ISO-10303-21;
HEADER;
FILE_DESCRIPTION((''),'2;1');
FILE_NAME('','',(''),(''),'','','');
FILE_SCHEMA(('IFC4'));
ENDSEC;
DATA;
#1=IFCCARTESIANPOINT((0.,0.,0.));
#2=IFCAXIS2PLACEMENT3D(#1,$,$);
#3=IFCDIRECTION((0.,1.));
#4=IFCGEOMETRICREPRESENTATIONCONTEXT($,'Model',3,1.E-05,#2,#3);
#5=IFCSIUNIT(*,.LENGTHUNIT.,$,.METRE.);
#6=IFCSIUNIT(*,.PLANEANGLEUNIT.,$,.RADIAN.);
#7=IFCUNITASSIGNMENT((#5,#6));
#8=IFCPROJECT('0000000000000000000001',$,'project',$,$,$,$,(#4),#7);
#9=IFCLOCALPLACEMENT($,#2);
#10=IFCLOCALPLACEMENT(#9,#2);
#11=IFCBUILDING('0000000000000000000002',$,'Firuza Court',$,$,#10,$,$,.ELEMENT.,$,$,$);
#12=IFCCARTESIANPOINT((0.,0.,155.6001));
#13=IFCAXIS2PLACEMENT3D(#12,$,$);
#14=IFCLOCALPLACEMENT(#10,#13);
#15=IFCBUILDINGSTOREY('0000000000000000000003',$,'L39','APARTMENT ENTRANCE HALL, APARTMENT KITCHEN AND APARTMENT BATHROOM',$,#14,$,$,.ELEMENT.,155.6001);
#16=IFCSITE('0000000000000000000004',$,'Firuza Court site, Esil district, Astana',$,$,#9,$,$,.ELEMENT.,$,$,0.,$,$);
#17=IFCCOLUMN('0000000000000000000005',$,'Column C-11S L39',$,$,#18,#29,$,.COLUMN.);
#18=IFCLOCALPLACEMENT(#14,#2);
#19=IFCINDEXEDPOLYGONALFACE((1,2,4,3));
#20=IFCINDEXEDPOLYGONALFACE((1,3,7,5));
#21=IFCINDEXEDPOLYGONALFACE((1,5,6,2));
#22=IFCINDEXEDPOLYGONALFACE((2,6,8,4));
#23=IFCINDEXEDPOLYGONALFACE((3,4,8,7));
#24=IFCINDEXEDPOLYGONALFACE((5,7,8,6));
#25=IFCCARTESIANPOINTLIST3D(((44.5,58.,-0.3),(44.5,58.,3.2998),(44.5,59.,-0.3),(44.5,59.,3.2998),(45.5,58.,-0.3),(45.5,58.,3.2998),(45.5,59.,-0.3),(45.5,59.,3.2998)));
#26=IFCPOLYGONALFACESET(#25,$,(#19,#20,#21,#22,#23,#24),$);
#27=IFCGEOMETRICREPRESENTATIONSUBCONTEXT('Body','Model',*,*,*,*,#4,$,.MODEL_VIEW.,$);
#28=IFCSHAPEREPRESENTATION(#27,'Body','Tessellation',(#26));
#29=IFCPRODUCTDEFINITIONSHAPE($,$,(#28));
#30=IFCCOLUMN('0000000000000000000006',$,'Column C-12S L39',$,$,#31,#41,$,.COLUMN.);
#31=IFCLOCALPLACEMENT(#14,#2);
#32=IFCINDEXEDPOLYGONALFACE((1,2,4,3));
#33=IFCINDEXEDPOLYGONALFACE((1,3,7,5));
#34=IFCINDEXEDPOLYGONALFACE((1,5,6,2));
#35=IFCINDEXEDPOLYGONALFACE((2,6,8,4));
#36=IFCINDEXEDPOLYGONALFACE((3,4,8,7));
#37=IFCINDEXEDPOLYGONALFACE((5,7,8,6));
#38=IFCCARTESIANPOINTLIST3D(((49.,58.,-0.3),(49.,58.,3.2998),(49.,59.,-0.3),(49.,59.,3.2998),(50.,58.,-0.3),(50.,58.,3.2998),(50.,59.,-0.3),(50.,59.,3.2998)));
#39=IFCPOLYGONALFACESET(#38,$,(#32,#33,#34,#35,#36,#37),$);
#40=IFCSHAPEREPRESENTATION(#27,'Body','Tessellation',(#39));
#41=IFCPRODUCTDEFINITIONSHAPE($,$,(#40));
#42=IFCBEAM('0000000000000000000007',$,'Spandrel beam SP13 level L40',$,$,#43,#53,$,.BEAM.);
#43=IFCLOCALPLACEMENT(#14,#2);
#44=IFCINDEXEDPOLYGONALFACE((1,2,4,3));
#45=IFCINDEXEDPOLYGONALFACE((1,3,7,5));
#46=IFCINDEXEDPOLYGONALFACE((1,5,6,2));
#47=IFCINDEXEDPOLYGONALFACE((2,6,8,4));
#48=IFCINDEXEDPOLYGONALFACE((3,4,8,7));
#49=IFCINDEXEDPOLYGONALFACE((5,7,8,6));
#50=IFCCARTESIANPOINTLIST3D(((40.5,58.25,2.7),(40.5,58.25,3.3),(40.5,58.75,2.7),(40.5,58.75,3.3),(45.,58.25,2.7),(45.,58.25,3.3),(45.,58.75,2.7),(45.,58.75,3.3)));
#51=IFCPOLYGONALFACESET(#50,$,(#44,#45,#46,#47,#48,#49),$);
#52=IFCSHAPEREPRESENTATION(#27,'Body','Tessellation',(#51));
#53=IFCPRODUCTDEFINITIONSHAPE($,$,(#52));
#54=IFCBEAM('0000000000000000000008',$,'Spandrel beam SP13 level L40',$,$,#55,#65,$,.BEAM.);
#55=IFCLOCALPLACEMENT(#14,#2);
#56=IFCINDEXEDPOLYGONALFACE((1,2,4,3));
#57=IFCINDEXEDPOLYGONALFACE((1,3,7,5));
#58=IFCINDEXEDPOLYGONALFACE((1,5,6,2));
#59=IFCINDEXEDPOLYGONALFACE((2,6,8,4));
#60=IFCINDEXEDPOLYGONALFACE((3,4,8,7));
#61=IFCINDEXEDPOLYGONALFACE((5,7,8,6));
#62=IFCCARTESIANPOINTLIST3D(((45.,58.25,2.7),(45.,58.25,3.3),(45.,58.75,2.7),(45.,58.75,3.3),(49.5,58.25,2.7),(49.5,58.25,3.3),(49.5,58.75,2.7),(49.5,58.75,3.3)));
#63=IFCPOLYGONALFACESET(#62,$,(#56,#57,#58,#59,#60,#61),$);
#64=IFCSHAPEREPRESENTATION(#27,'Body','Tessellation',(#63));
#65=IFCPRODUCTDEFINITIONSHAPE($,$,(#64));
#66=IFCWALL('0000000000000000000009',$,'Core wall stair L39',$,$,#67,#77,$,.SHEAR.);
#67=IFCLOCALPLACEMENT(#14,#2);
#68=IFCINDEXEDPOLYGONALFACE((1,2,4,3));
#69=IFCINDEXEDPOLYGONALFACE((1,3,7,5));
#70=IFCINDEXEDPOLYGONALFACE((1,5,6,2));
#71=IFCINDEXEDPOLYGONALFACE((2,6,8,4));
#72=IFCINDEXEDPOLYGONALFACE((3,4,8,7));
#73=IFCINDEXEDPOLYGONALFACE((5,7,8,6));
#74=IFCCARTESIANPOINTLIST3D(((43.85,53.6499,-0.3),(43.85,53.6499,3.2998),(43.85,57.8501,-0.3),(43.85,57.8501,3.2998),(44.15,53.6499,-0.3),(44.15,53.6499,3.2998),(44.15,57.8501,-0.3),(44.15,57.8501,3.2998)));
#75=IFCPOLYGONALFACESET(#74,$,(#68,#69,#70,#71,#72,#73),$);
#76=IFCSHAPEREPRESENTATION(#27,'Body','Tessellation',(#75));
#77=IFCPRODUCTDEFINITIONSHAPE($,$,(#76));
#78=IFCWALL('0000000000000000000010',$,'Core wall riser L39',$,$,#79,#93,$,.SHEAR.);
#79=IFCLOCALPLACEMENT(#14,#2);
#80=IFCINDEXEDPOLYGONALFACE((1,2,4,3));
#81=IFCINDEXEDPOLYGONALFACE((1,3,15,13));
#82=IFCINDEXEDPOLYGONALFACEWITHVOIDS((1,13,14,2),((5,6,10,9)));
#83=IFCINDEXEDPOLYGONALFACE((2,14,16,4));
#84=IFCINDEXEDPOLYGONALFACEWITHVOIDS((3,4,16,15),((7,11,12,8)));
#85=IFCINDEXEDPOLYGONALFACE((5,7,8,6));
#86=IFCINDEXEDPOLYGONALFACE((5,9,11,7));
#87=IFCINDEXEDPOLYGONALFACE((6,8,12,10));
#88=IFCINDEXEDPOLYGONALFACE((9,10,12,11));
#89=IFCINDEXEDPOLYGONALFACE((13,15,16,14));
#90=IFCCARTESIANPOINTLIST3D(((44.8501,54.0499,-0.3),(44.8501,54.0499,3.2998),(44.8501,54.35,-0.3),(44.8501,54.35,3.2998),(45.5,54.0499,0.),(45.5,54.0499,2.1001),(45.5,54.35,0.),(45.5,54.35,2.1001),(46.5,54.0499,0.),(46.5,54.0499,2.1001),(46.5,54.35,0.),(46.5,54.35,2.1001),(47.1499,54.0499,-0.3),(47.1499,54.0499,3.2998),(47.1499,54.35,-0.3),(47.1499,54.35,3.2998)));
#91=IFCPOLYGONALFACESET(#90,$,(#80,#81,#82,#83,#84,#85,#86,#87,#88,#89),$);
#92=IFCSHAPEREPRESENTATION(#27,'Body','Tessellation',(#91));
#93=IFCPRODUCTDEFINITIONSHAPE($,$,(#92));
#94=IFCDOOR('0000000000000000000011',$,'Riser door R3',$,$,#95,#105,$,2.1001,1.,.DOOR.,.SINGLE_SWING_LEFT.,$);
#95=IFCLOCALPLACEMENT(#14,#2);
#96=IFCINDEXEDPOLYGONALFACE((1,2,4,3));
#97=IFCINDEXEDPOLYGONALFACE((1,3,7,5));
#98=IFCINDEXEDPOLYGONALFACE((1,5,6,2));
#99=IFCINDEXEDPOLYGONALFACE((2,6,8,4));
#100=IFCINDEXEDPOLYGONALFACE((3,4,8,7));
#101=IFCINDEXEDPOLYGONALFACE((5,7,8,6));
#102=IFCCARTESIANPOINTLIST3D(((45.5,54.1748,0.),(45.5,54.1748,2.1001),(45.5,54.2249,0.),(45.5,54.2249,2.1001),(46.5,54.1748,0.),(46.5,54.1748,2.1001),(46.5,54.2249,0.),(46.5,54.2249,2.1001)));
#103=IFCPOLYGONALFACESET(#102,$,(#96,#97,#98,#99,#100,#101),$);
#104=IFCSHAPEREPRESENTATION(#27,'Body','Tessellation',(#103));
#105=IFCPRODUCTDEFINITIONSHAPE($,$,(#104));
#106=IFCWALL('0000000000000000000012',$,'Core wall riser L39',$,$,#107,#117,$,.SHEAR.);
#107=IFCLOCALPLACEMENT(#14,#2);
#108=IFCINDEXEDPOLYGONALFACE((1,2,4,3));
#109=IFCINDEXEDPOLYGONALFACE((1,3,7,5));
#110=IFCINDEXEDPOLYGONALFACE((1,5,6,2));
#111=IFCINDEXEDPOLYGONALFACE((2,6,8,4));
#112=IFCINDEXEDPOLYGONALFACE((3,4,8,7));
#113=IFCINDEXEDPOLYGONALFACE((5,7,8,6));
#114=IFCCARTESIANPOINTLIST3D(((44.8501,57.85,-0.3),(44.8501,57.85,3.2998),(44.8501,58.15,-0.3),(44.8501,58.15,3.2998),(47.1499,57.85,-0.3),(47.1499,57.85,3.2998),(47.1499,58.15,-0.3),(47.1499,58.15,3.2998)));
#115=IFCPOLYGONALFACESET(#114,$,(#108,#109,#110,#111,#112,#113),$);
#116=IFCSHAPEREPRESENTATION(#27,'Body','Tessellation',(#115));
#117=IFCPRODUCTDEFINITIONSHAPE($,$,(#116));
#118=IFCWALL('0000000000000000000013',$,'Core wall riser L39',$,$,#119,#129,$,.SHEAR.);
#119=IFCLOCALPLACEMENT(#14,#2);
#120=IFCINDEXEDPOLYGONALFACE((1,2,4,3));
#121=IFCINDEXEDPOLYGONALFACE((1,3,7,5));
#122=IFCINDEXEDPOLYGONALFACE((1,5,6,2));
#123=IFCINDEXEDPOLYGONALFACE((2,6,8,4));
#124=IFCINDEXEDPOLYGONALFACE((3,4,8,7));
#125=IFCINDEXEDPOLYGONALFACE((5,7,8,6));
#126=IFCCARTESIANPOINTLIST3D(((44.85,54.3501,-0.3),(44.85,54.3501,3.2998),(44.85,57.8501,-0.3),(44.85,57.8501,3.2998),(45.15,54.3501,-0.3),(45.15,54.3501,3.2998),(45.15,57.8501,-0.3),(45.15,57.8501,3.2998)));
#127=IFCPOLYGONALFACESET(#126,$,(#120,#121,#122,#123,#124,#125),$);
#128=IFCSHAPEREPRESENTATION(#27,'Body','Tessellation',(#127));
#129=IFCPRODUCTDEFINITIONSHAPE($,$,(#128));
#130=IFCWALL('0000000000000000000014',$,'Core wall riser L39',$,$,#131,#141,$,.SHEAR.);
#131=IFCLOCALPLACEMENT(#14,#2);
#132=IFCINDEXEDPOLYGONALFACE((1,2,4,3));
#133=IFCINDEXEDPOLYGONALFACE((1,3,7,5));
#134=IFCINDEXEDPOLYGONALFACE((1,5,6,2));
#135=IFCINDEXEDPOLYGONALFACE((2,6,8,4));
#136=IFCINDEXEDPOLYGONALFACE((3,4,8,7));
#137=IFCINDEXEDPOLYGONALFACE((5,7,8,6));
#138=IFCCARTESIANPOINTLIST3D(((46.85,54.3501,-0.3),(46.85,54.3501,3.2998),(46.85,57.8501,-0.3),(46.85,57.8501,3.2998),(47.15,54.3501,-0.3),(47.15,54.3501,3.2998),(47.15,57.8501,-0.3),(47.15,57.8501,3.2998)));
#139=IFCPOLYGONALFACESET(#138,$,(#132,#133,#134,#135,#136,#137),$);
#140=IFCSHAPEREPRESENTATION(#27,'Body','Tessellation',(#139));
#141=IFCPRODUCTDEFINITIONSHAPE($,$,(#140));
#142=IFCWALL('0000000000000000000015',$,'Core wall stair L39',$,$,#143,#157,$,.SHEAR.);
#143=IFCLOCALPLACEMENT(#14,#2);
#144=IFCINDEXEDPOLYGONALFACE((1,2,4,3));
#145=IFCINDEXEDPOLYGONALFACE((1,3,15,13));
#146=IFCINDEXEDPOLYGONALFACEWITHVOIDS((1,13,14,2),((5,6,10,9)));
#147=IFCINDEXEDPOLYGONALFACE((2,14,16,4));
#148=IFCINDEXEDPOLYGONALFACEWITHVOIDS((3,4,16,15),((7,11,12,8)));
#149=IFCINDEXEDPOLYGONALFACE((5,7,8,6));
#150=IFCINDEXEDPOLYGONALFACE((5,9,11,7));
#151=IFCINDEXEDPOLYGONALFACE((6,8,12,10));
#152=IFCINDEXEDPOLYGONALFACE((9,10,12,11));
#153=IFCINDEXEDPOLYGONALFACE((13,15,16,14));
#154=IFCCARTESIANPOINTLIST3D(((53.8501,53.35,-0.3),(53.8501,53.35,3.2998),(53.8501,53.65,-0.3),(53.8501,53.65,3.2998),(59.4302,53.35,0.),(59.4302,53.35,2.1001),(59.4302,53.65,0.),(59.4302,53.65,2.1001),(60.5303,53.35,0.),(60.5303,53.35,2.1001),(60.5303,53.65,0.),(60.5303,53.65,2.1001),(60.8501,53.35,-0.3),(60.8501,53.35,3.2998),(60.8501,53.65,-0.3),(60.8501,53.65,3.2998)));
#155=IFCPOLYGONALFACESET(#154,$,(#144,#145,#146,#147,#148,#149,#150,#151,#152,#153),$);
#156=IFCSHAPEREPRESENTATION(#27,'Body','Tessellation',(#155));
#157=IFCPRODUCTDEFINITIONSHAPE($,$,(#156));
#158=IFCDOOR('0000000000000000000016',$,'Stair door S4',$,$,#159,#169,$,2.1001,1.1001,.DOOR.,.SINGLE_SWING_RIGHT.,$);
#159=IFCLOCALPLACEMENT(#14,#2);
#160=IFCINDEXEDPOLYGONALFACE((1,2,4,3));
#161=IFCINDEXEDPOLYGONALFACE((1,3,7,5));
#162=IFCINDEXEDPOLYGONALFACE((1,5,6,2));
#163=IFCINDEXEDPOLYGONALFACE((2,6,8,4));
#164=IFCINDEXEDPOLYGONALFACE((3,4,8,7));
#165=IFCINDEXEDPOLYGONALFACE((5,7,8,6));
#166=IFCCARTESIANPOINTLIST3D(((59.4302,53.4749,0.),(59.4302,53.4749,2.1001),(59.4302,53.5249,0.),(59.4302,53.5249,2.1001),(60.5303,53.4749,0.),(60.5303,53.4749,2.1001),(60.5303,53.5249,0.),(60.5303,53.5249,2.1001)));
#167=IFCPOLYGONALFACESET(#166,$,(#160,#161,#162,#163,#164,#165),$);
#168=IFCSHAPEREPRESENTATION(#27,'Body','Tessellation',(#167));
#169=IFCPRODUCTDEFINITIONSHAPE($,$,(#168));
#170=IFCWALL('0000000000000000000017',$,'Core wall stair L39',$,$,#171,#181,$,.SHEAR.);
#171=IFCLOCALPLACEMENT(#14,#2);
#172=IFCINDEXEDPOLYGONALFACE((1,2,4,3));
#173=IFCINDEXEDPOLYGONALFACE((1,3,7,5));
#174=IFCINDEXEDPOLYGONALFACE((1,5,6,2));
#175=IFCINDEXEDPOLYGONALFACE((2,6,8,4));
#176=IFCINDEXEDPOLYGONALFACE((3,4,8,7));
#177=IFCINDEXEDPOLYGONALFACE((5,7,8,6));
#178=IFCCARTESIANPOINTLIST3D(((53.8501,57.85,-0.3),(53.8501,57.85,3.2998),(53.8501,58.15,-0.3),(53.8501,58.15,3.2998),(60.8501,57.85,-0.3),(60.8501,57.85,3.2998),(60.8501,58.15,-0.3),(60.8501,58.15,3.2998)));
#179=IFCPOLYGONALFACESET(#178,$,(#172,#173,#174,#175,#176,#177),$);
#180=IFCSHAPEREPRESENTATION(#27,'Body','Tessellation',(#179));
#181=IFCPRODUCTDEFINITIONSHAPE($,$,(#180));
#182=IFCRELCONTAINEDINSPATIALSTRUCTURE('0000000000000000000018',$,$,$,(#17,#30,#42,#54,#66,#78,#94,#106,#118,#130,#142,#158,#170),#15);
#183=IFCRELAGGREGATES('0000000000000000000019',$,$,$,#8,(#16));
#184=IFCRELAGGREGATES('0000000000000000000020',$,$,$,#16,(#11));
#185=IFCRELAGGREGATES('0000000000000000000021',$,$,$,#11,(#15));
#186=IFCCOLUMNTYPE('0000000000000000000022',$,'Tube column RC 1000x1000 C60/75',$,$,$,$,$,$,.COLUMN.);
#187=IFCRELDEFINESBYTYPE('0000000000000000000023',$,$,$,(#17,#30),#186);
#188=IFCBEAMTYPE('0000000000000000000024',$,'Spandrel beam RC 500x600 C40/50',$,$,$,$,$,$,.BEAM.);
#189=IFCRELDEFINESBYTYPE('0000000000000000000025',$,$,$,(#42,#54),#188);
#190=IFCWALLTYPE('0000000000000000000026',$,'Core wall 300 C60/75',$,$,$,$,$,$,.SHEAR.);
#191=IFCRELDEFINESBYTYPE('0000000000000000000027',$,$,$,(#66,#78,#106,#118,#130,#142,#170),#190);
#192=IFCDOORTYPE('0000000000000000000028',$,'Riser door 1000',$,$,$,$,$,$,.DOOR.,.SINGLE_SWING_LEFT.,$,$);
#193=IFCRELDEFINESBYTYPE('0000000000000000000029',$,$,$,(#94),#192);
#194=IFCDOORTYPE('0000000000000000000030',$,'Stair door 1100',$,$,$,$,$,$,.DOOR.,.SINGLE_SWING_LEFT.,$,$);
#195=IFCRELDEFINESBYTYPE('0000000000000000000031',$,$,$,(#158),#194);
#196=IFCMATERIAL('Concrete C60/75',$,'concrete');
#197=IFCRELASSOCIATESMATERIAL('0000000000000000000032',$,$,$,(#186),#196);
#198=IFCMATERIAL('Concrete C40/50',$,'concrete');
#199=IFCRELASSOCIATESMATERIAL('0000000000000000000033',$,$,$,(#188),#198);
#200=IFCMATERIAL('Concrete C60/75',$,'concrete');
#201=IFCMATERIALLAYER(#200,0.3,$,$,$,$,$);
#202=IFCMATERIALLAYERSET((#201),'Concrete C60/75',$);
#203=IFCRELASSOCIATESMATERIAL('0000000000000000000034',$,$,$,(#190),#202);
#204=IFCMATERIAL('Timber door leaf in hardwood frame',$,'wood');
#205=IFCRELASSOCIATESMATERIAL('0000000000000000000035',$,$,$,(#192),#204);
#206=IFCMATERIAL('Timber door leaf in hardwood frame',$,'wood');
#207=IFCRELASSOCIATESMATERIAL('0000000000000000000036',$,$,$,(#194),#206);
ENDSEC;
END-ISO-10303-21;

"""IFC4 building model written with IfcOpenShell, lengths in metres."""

from ifc_helpers import new_model, si_unit, direction, frame, frame_2d, origin, origin_2d, place, context, subcontext, project, spatial, rectangle, extrude, material, layer, layer_set, material_profile, profile_set, type_object, element, fill, save


model = new_model("IFC4")

# Units and contexts
model_context = context("Model", 3, precision=1e-05, world=origin(), true_north=direction((0.0, 1.0)))
body_context = subcontext(model_context, "Body", "Model", "MODEL_VIEW")
ifc_project = project(units=[si_unit("LENGTHUNIT", "METRE"), si_unit("PLANEANGLEUNIT", "RADIAN")], contexts=[model_context])

# Site, building, storey
site_placement = place(None, origin())
site = spatial("IfcSite", under=ifc_project, at=site_placement, Name="Firuza Court site, Esil district, Astana", CompositionType="ELEMENT", RefElevation=0.0)
building_placement = place(site_placement, origin())
building = spatial("IfcBuilding", under=site, at=building_placement, Name="Firuza Court", CompositionType="ELEMENT")
storey_placement = place(building_placement, frame((0.0, 0.0, 155.6001)))
storey = spatial("IfcBuildingStorey", under=building, at=storey_placement, Name="L39", Description="APARTMENT ENTRANCE HALL, APARTMENT KITCHEN AND APARTMENT BATHROOM", CompositionType="ELEMENT", Elevation=155.6001)

# Columns
ifc_material_1 = material(Name="Concrete C60/75", Category="concrete")
ifc_material_profile_1 = material_profile(ifc_material_1, rectangle(XDim=1.0, YDim=1.0, at=origin_2d()), Name="RC 1000x1000")
ifc_profile_set_1 = profile_set([ifc_material_profile_1], Name="Concrete C60/75")
column_type = type_object("IfcColumnType", Name="Tube column RC 1000x1000 C60/75", PredefinedType="COLUMN", material=ifc_profile_set_1)
for number, where, z_axis, x_axis, name in (
    (1, (45.0, 58.5, -0.3), (0.0, 0.0, 1.0), (1.0, 0.0, 0.0), "Column C-11S L39"),
    (2, (49.5, 58.5, -0.3), (0.0, 0.0, 1.0), (1.0, 0.0, 0.0), "Column C-12S L39"),
):
    element("IfcColumn", number, at=place(storey_placement, frame(where, z_axis=z_axis, x_axis=x_axis)), inside=storey, type_object=column_type, Name=name, PredefinedType="COLUMN", context=body_context, shape_type="SweptSolid", body=[
        extrude(rectangle(XDim=1.0, YDim=1.0, at=origin_2d()), origin(), (0.0, 0.0, 1.0), 3.5999),
    ])

# Beams
ifc_material_2 = material(Name="Concrete C40/50", Category="concrete")
ifc_material_profile_2 = material_profile(ifc_material_2, rectangle(XDim=0.5, YDim=0.6001, at=origin_2d()), Name="RC 500x600")
ifc_profile_set_2 = profile_set([ifc_material_profile_2], Name="Concrete C40/50")
beam_type = type_object("IfcBeamType", Name="Spandrel beam RC 500x600 C40/50", PredefinedType="BEAM", material=ifc_profile_set_2)
for number, where, z_axis, x_axis, name in (
    (3, (45.0, 58.5, 3.0), (-1.0, 0.0, 0.0), (0.0, -1.0, 0.0), "Spandrel beam SP13 level L40"),
    (4, (49.5, 58.5, 3.0), (-1.0, 0.0, 0.0), (0.0, -1.0, 0.0), "Spandrel beam SP13 level L40"),
):
    element("IfcBeam", number, at=place(storey_placement, frame(where, z_axis=z_axis, x_axis=x_axis)), inside=storey, type_object=beam_type, Name=name, PredefinedType="BEAM", context=body_context, shape_type="SweptSolid", body=[
        extrude(rectangle(XDim=0.5, YDim=0.6001, at=origin_2d()), origin(), (0.0, 0.0, 1.0), 4.5),
    ])

# Wall
ifc_material_3 = material(Name="Concrete C60/75", Category="concrete")
ifc_layer_1 = layer(ifc_material_3, 0.3)
ifc_layer_set_1 = layer_set([ifc_layer_1], Name="Concrete C60/75")
wall_type_1 = type_object("IfcWallType", Name="Core wall 300 C60/75", PredefinedType="SHEAR", material=ifc_layer_set_1)
wall_1_placement = place(storey_placement, frame((44.0, 53.6499, -0.3), z_axis=(0.0, 0.0, 1.0), x_axis=(0.0, 1.0, 0.0)))
element("IfcWall", 5, at=wall_1_placement, inside=storey, type_object=wall_type_1, Name="Core wall stair L39", PredefinedType="SHEAR", context=body_context, shape_type="SweptSolid", body=[
    extrude(rectangle(XDim=4.2002, YDim=0.3, at=frame_2d((2.1001, 0.0))), origin(), (0.0, 0.0, 1.0), 3.5999),
])

# Wall, opening, door
wall_2_placement = place(storey_placement, frame((44.8501, 54.2, -0.3), z_axis=(0.0, 0.0, 1.0), x_axis=(1.0, 0.0, 0.0)))
wall_2 = element("IfcWall", 6, at=wall_2_placement, inside=storey, type_object=wall_type_1, Name="Core wall riser L39", PredefinedType="SHEAR", context=body_context, shape_type="SweptSolid", body=[
    extrude(rectangle(XDim=2.2998, YDim=0.3, at=frame_2d((1.1499, 0.0))), origin(), (0.0, 0.0, 1.0), 3.5999),
])
opening_1_placement = place(wall_2_placement, frame((0.6499, 0.0, 0.3)))
opening_1 = element("IfcOpeningElement", 7, at=opening_1_placement, cuts=wall_2, PredefinedType="OPENING", context=body_context, shape_type="SweptSolid", body=[
    extrude(rectangle(XDim=1.0, YDim=2.1001, at=frame_2d((0.5, 1.05))), frame((0.0, 0.1621, 0.0), z_axis=(0.0, -1.0, 0.0), x_axis=(1.0, 0.0, 0.0)), (0.0, 0.0, 1.0), 0.324),
])
ifc_material_4 = material(Name="Timber door leaf in hardwood frame", Category="wood")
door_type_1 = type_object("IfcDoorType", Name="Riser door 1000", OperationType="SINGLE_SWING_LEFT", PredefinedType="DOOR", material=ifc_material_4)
door_1_placement = place(opening_1_placement, origin())
door_1 = element("IfcDoor", 8, at=door_1_placement, inside=storey, type_object=door_type_1, Name="Riser door R3", OperationType="SINGLE_SWING_LEFT", OverallHeight=2.1001, OverallWidth=1.0, PredefinedType="DOOR", context=body_context, shape_type="SweptSolid", body=[
    extrude(rectangle(XDim=1.0, YDim=2.1001, at=frame_2d((0.5, 1.05))), frame((0.0, 0.0249, 0.0), z_axis=(0.0, -1.0, 0.0), x_axis=(1.0, 0.0, 0.0)), (0.0, 0.0, 1.0), 0.05),
])
fill(opening_1, door_1)

# Walls
wall_3_placement = place(storey_placement, frame((44.8501, 58.0, -0.3), z_axis=(0.0, 0.0, 1.0), x_axis=(1.0, 0.0, 0.0)))
element("IfcWall", 9, at=wall_3_placement, inside=storey, type_object=wall_type_1, Name="Core wall riser L39", PredefinedType="SHEAR", context=body_context, shape_type="SweptSolid", body=[
    extrude(rectangle(XDim=2.2998, YDim=0.3, at=frame_2d((1.1499, 0.0))), origin(), (0.0, 0.0, 1.0), 3.5999),
])
for number, where, z_axis, x_axis, name in (
    (10, (45.0, 54.3501, -0.3), (0.0, 0.0, 1.0), (0.0, 1.0, 0.0), "Core wall riser L39"),
    (11, (47.0, 54.3501, -0.3), (0.0, 0.0, 1.0), (0.0, 1.0, 0.0), "Core wall riser L39"),
):
    element("IfcWall", number, at=place(storey_placement, frame(where, z_axis=z_axis, x_axis=x_axis)), inside=storey, type_object=wall_type_1, Name=name, PredefinedType="SHEAR", context=body_context, shape_type="SweptSolid", body=[
        extrude(rectangle(XDim=3.5, YDim=0.3, at=frame_2d((1.75, 0.0))), origin(), (0.0, 0.0, 1.0), 3.5999),
    ])

# Wall, opening, door
wall_4_placement = place(storey_placement, frame((53.8501, 53.5, -0.3), z_axis=(0.0, 0.0, 1.0), x_axis=(1.0, 0.0, 0.0)))
wall_4 = element("IfcWall", 12, at=wall_4_placement, inside=storey, type_object=wall_type_1, Name="Core wall stair L39", PredefinedType="SHEAR", context=body_context, shape_type="SweptSolid", body=[
    extrude(rectangle(XDim=7.0, YDim=0.3, at=frame_2d((3.5, 0.0))), origin(), (0.0, 0.0, 1.0), 3.5999),
])
opening_2_placement = place(wall_4_placement, frame((5.5801, 0.0, 0.3)))
opening_2 = element("IfcOpeningElement", 13, at=opening_2_placement, cuts=wall_4, PredefinedType="OPENING", context=body_context, shape_type="SweptSolid", body=[
    extrude(rectangle(XDim=1.1001, YDim=2.1001, at=frame_2d((0.55, 1.05))), frame((0.0, 0.1621, 0.0), z_axis=(0.0, -1.0, 0.0), x_axis=(1.0, 0.0, 0.0)), (0.0, 0.0, 1.0), 0.324),
])
ifc_material_5 = material(Name="Timber door leaf in hardwood frame", Category="wood")
door_type_2 = type_object("IfcDoorType", Name="Stair door 1100", OperationType="SINGLE_SWING_LEFT", PredefinedType="DOOR", material=ifc_material_5)
door_2_placement = place(opening_2_placement, origin())
door_2 = element("IfcDoor", 14, at=door_2_placement, inside=storey, type_object=door_type_2, Name="Stair door S4", OperationType="SINGLE_SWING_RIGHT", OverallHeight=2.1001, OverallWidth=1.1001, PredefinedType="DOOR", context=body_context, shape_type="SweptSolid", body=[
    extrude(rectangle(XDim=1.1001, YDim=2.1001, at=frame_2d((0.55, 1.05))), frame((0.0, 0.0249, 0.0), z_axis=(0.0, -1.0, 0.0), x_axis=(1.0, 0.0, 0.0)), (0.0, 0.0, 1.0), 0.05),
])
fill(opening_2, door_2)

# Wall
wall_5_placement = place(storey_placement, frame((53.8501, 58.0, -0.3), z_axis=(0.0, 0.0, 1.0), x_axis=(1.0, 0.0, 0.0)))
element("IfcWall", 15, at=wall_5_placement, inside=storey, type_object=wall_type_1, Name="Core wall stair L39", PredefinedType="SHEAR", context=body_context, shape_type="SweptSolid", body=[
    extrude(rectangle(XDim=7.0, YDim=0.3, at=frame_2d((3.5, 0.0))), origin(), (0.0, 0.0, 1.0), 3.5999),
])

save(model, "model.ifc")
